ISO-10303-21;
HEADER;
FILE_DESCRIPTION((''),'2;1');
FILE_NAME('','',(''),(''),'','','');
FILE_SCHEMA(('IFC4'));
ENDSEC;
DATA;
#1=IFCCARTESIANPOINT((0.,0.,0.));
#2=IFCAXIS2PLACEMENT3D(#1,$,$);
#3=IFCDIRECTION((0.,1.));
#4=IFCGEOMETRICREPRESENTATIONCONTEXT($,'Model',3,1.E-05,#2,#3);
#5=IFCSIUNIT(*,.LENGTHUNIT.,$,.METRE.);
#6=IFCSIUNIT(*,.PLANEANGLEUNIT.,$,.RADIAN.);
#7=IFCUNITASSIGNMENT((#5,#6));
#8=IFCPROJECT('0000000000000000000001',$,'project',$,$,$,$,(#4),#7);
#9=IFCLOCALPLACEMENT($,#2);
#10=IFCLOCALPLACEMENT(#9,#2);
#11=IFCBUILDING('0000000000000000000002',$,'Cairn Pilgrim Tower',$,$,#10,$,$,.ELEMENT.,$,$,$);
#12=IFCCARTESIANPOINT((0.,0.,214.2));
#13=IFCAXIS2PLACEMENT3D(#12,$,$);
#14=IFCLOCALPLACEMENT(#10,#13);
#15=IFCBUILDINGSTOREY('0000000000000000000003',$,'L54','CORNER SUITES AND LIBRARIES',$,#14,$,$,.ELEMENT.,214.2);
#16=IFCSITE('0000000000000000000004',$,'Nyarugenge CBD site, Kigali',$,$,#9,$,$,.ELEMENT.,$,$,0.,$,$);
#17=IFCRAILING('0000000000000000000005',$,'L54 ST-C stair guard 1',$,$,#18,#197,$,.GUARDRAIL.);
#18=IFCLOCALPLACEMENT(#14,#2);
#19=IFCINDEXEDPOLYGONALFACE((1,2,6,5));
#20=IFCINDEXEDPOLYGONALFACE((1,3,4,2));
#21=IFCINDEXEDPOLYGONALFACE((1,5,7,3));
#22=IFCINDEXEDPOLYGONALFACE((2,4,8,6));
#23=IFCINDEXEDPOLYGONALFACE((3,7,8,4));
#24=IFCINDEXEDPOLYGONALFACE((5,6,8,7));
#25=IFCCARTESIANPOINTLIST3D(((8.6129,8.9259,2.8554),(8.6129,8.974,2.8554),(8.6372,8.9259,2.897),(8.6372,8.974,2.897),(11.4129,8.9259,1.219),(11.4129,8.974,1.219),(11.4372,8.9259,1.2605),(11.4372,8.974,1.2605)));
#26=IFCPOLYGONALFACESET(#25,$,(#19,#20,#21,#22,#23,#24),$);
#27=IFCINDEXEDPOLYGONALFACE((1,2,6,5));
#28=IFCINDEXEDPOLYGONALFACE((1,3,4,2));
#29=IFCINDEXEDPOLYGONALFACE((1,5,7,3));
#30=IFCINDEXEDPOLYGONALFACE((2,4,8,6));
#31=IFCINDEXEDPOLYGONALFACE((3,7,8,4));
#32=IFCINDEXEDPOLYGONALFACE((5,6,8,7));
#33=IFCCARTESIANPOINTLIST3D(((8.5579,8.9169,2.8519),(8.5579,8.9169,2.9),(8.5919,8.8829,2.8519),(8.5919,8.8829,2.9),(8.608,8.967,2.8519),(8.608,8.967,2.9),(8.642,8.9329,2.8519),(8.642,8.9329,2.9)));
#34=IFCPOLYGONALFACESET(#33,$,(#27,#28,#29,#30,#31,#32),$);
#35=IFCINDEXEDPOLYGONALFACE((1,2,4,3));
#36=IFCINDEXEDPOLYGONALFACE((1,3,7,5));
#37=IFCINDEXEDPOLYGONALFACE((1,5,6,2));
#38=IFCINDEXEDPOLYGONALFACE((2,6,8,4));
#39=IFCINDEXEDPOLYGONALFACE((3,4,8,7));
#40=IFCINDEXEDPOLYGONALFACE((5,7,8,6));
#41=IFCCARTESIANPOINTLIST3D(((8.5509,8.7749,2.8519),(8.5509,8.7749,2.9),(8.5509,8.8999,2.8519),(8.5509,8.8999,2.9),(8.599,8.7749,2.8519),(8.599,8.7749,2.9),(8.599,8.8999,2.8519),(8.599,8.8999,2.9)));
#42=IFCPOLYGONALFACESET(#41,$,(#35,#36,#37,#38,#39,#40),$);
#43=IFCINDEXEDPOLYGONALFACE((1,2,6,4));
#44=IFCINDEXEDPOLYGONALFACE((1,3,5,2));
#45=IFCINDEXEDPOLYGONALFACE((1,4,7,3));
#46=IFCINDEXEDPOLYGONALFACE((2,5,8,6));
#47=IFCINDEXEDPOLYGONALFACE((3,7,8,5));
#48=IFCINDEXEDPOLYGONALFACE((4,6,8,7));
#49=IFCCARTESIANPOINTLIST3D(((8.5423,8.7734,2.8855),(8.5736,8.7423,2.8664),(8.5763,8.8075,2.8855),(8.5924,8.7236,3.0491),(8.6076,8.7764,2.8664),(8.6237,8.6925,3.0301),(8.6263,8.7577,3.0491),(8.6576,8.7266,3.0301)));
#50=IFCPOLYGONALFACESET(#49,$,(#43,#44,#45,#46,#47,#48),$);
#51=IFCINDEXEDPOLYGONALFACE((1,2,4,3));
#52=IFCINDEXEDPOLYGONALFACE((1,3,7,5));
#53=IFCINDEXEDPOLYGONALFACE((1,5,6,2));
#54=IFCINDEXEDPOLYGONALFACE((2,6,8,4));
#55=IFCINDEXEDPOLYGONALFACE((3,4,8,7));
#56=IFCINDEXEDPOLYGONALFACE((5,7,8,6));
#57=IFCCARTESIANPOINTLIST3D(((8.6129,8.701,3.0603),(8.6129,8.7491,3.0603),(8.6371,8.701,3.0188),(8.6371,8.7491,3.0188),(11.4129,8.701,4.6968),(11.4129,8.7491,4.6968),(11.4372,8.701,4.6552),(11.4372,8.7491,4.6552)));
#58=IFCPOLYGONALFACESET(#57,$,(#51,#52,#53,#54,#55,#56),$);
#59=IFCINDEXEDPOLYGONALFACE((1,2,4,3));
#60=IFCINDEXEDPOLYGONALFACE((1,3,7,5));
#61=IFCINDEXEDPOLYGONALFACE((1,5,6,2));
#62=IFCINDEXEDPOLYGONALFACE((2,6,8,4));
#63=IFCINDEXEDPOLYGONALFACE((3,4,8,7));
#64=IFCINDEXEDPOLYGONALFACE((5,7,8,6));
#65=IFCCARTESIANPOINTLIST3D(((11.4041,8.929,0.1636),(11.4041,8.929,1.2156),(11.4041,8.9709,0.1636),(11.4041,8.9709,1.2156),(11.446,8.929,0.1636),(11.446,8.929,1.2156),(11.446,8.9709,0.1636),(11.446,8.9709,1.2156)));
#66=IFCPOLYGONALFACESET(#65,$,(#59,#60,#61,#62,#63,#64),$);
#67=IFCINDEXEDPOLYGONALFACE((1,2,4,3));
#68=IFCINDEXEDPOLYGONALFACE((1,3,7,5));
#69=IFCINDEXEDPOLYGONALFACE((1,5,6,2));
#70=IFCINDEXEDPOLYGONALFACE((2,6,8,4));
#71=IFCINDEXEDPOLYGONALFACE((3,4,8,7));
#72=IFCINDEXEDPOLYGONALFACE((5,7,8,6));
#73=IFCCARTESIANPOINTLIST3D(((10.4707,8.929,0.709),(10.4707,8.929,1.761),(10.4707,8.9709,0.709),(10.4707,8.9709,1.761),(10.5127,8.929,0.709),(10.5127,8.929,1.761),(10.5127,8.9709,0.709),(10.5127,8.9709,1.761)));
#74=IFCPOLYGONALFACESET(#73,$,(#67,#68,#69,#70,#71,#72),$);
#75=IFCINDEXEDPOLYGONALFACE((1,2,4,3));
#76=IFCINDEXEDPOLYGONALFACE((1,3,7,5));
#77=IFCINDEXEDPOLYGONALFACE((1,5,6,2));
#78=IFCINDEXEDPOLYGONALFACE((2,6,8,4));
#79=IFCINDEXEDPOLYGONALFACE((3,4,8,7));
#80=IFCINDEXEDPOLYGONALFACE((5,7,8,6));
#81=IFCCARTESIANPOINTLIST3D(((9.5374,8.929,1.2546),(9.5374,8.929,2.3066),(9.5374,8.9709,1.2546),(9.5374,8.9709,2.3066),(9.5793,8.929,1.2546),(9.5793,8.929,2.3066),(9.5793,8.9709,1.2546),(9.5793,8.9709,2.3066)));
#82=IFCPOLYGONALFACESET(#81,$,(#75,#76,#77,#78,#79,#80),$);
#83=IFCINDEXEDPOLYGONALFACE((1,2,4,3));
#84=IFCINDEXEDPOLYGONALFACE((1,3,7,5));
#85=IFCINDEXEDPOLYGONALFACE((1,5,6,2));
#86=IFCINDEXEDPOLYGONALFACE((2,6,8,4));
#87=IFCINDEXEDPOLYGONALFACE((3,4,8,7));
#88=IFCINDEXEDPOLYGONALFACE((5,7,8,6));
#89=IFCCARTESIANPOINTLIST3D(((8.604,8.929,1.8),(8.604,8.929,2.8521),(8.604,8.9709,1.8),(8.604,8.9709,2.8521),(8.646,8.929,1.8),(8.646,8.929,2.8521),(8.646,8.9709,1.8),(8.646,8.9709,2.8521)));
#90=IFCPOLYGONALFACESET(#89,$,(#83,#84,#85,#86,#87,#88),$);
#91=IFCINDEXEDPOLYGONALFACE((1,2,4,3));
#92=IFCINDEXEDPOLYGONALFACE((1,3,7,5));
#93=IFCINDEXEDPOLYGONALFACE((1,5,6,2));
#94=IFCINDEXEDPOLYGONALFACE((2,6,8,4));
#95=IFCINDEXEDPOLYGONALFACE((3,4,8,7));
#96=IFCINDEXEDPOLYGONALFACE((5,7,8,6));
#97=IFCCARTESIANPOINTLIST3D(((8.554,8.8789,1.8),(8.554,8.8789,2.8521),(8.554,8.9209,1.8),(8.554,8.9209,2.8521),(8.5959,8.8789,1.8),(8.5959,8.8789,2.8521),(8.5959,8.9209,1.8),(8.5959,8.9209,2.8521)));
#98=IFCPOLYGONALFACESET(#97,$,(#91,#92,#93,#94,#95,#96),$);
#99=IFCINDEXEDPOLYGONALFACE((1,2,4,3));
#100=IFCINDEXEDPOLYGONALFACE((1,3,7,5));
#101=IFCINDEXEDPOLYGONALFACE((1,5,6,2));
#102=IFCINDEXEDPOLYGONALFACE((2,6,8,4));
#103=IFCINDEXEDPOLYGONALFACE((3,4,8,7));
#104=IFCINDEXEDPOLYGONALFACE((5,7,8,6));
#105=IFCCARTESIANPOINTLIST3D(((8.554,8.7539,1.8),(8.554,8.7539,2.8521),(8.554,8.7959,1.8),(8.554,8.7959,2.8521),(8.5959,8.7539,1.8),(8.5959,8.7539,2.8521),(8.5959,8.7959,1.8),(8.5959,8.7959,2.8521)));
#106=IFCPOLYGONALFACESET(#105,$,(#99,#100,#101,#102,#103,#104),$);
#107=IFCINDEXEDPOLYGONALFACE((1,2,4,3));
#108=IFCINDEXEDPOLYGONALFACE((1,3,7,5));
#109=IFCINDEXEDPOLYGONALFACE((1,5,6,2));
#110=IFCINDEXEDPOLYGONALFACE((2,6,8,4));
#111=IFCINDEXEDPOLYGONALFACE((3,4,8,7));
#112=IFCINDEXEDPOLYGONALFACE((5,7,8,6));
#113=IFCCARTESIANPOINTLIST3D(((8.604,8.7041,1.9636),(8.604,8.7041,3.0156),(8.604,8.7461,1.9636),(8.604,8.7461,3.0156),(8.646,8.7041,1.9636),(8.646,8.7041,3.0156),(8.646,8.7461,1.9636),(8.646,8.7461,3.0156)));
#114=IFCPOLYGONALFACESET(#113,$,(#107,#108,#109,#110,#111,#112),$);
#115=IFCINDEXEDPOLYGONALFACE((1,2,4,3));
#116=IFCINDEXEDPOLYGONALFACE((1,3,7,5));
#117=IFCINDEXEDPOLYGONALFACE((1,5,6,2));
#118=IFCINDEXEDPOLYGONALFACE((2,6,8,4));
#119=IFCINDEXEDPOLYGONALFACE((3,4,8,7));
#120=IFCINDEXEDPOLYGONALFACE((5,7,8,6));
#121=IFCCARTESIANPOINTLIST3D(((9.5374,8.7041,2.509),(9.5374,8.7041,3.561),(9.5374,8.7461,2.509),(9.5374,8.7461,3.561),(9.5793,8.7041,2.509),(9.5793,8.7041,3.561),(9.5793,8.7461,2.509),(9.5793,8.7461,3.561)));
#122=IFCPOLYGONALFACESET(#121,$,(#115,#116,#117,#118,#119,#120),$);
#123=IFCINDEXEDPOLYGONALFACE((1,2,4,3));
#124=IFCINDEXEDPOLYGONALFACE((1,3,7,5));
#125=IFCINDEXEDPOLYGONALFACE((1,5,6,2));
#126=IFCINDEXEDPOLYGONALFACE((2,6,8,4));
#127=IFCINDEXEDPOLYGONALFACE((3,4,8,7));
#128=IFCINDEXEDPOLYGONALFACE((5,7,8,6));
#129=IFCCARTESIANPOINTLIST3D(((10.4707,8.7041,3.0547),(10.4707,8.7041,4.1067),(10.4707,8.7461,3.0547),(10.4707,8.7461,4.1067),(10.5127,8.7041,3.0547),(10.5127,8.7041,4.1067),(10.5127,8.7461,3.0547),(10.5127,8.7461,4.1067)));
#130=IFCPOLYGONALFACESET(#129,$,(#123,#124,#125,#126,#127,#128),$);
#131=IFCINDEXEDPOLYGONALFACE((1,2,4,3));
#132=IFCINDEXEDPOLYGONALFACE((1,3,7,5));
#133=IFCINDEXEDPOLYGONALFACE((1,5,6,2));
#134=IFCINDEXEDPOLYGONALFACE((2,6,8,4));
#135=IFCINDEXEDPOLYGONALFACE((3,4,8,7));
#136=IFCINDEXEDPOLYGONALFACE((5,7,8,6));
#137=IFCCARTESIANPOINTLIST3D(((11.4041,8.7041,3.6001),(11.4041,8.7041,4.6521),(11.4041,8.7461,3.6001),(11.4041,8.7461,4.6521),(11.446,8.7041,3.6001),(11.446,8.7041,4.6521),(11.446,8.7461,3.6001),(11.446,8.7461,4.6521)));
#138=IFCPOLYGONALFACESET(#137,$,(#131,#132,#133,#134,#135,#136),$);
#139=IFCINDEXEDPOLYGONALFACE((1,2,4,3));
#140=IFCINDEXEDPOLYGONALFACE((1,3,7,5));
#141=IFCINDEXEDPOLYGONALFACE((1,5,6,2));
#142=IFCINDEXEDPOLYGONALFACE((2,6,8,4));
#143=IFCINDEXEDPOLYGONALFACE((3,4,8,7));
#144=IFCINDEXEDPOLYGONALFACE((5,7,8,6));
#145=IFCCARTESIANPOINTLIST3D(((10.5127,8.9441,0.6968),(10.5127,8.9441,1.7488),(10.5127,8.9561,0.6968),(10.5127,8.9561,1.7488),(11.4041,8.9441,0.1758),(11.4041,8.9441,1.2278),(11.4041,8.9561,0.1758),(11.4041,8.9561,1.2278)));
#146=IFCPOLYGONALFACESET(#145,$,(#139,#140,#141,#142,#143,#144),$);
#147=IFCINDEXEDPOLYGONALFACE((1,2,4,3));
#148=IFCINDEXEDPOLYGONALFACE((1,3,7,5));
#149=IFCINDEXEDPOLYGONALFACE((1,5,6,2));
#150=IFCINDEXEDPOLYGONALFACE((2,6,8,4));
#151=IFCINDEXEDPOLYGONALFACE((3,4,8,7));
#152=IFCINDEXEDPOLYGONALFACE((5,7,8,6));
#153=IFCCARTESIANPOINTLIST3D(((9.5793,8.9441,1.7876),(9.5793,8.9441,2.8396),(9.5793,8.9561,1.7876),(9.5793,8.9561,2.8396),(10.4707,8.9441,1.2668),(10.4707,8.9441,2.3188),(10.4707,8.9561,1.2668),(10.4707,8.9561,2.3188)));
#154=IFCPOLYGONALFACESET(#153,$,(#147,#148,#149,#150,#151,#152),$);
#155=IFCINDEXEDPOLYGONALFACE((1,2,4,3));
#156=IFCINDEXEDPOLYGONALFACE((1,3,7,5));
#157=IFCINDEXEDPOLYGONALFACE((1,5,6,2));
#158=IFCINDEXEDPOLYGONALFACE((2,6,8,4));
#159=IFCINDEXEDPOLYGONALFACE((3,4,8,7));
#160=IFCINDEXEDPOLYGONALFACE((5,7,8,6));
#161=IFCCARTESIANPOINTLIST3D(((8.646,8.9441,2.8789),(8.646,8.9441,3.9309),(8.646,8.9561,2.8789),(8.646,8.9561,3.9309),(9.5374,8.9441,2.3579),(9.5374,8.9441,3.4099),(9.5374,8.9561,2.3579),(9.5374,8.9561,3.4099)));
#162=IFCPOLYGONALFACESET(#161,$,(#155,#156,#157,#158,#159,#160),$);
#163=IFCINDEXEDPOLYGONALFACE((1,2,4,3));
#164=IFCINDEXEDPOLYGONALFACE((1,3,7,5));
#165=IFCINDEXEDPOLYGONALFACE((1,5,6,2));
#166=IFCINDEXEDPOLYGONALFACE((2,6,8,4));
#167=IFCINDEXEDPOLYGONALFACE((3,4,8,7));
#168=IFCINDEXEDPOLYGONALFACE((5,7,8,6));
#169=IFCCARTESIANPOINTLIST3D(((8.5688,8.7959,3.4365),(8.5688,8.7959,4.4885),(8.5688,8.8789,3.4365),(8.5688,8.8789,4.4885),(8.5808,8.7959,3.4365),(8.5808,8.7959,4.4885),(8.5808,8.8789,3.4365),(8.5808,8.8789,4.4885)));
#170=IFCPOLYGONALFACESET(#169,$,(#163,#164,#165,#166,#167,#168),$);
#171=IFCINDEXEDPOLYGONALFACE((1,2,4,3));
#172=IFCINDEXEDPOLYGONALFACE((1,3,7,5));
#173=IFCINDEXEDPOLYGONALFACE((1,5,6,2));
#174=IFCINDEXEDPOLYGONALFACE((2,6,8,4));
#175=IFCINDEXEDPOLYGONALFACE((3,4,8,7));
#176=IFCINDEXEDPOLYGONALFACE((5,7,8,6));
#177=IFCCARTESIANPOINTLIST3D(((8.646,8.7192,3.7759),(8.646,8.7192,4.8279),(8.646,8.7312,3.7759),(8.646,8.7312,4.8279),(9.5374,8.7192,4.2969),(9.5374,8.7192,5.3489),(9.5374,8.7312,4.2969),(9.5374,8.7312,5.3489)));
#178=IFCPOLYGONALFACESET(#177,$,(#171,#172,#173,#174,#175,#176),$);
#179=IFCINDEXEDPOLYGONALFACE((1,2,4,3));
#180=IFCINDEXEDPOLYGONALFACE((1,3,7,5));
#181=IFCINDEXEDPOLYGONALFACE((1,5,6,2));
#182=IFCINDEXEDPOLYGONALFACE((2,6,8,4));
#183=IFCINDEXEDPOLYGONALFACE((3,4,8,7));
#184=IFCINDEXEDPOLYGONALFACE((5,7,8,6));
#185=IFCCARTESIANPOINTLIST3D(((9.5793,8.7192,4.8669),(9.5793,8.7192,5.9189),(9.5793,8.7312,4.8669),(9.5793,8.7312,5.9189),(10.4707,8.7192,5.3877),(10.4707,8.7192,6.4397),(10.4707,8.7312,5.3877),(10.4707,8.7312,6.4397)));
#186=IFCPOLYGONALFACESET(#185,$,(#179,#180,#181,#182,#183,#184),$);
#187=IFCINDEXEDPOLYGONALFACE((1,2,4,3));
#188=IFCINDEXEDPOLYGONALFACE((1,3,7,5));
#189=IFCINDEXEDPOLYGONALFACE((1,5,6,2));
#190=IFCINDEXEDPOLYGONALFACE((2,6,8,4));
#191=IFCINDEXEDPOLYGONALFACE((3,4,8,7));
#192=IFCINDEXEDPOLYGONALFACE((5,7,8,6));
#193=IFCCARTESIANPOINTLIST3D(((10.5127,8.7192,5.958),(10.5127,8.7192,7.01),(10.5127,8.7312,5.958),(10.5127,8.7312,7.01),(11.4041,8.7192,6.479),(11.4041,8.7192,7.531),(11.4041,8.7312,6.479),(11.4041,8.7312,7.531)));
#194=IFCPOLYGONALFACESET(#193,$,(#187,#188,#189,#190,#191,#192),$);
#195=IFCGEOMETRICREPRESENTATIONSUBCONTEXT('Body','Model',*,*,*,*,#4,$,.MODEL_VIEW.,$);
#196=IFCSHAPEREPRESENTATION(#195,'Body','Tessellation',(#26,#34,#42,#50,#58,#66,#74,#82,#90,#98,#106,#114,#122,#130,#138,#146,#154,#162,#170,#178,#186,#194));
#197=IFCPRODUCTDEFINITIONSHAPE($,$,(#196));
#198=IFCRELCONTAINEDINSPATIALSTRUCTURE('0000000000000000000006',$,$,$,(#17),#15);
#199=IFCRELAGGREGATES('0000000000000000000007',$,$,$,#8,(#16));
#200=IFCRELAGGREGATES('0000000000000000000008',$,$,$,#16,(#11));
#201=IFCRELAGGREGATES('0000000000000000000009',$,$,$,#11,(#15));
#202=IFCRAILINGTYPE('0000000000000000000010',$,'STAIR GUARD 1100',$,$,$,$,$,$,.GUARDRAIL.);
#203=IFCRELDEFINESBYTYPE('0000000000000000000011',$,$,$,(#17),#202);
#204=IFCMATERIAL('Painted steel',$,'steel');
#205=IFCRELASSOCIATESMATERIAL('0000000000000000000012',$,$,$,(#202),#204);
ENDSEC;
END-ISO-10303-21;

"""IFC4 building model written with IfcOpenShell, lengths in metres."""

from ifc_helpers import new_model, si_unit, direction, frame, origin, origin_2d, place, context, subcontext, project, spatial, polyline, rectangle, outline, extrude, material, type_object, element, save


model = new_model("IFC4")

# Units and contexts
model_context = context("Model", 3, precision=1e-05, world=origin(), true_north=direction((0.0, 1.0)))
body_context = subcontext(model_context, "Body", "Model", "MODEL_VIEW")
ifc_project = project(units=[si_unit("LENGTHUNIT", "METRE"), si_unit("PLANEANGLEUNIT", "RADIAN")], contexts=[model_context])

# Site, building, storey
site_placement = place(None, origin())
site = spatial("IfcSite", under=ifc_project, at=site_placement, Name="Nyarugenge CBD site, Kigali", CompositionType="ELEMENT", RefElevation=0.0)
building_placement = place(site_placement, origin())
building = spatial("IfcBuilding", under=site, at=building_placement, Name="Cairn Pilgrim Tower", CompositionType="ELEMENT")
storey_placement = place(building_placement, frame((0.0, 0.0, 214.2)))
storey = spatial("IfcBuildingStorey", under=building, at=storey_placement, Name="L54", Description="CORNER SUITES AND LIBRARIES", CompositionType="ELEMENT", Elevation=214.2)

# Shared definitions
ifc_material_1 = material(Name="Painted steel", Category="steel")

# Railing
railing_type_1 = type_object("IfcRailingType", Name="STAIR GUARD 1100", PredefinedType="GUARDRAIL", material=ifc_material_1)
railing_1_placement = place(storey_placement, frame((11.425, 8.95, 0.1636)))
element("IfcRailing", 1, at=railing_1_placement, inside=storey, type_object=railing_type_1, Name="L54 ST-C stair guard 1", PredefinedType="GUARDRAIL", context=body_context, shape_type="SweptSolid", body=[
    extrude(rectangle(XDim=0.0481, YDim=0.0481, at=origin_2d()), frame((0.0, 0.0, 1.0762), z_axis=(-0.863361, 0.0, 0.504587), x_axis=(0.0, -1.0, 0.0)), (0.0, 0.0, 1.0), 3.2432),
    extrude(rectangle(XDim=0.0481, YDim=0.0481, at=origin_2d()), frame((-2.8, 0.0, 2.7124), z_axis=(-0.707107, -0.707107, 0.0), x_axis=(0.707107, -0.707107, 0.0)), (0.0, 0.0, 1.0), 0.0708),
    extrude(rectangle(XDim=0.0481, YDim=0.0481, at=origin_2d()), frame((-2.8501, -0.05, 2.7124), z_axis=(0.0, -1.0, 0.0), x_axis=(1.0, 0.0, 0.0)), (0.0, 0.0, 1.0), 0.125),
    extrude(rectangle(XDim=0.0481, YDim=0.0481, at=origin_2d()), frame((-2.8501, -0.175, 2.7124), z_axis=(0.280917, -0.279546, 0.918118), x_axis=(0.705376, 0.708834, 0.0)), (0.0, 0.0, 1.0), 0.1782),
    extrude(rectangle(XDim=0.0481, YDim=0.0481, at=origin_2d()), frame((-2.8, -0.2249, 2.876), z_axis=(0.863361, 0.0, 0.504587), x_axis=(0.0, 1.0, 0.0)), (0.0, 0.0, 1.0), 3.2432),
    extrude(rectangle(XDim=0.042, YDim=0.042, at=origin_2d()), origin(), (0.0, 0.0, 1.0), 1.052),
    extrude(rectangle(XDim=0.042, YDim=0.042, at=origin_2d()), frame((-0.9333, 0.0, 0.5454)), (0.0, 0.0, 1.0), 1.052),
    extrude(rectangle(XDim=0.042, YDim=0.042, at=origin_2d()), frame((-1.8667, 0.0, 1.0911)), (0.0, 0.0, 1.0), 1.052),
    extrude(rectangle(XDim=0.042, YDim=0.042, at=origin_2d()), frame((-2.8, 0.0, 1.6365)), (0.0, 0.0, 1.0), 1.052),
    extrude(rectangle(XDim=0.042, YDim=0.042, at=origin_2d()), frame((-2.8501, -0.05, 1.6365)), (0.0, 0.0, 1.0), 1.052),
    extrude(rectangle(XDim=0.042, YDim=0.042, at=origin_2d()), frame((-2.8501, -0.175, 1.6365)), (0.0, 0.0, 1.0), 1.052),
    extrude(rectangle(XDim=0.042, YDim=0.042, at=origin_2d()), frame((-2.8, -0.2249, 1.8)), (0.0, 0.0, 1.0), 1.052),
    extrude(rectangle(XDim=0.042, YDim=0.042, at=origin_2d()), frame((-1.8667, -0.2249, 2.3455)), (0.0, 0.0, 1.0), 1.052),
    extrude(rectangle(XDim=0.042, YDim=0.042, at=origin_2d()), frame((-0.9333, -0.2249, 2.8911)), (0.0, 0.0, 1.0), 1.052),
    extrude(rectangle(XDim=0.042, YDim=0.042, at=origin_2d()), frame((0.0, -0.2249, 3.4365)), (0.0, 0.0, 1.0), 1.052),
    extrude(outline(polyline([(0.021, 0.0122), (0.9124, 0.5332), (0.9124, 1.5852), (0.021, 1.0642), (0.021, 0.0122)])), frame((0.0, -0.0059, 0.0), z_axis=(0.0, 1.0, 0.0), x_axis=(-1.0, 0.0, 0.0)), (0.0, 0.0, 1.0), 0.012),
    extrude(outline(polyline([(0.021, 0.5579), (0.9124, 1.0786), (0.9124, 2.1306), (0.021, 1.6099), (0.021, 0.5579)])), frame((-0.9333, -0.0059, 0.5454), z_axis=(0.0, 1.0, 0.0), x_axis=(-1.0, 0.0, 0.0)), (0.0, 0.0, 1.0), 0.012),
    extrude(outline(polyline([(0.021, 1.1033), (0.9124, 1.6243), (0.9124, 2.6763), (0.021, 2.1553), (0.021, 1.1033)])), frame((-1.8667, -0.0059, 1.0911), z_axis=(0.0, 1.0, 0.0), x_axis=(-1.0, 0.0, 0.0)), (0.0, 0.0, 1.0), 0.012),
    extrude(outline(polyline([(0.021, 1.6365), (0.104, 1.6365), (0.104, 2.6885), (0.021, 2.6885), (0.021, 1.6365)])), frame((-2.8442, -0.05, 1.6365), z_axis=(-1.0, 0.0, 0.0), x_axis=(0.0, -1.0, 0.0)), (0.0, 0.0, 1.0), 0.012),
    extrude(outline(polyline([(0.021, 1.8123), (0.9124, 2.3333), (0.9124, 3.3853), (0.021, 2.8643), (0.021, 1.8123)])), frame((-2.8, -0.2188, 1.8), z_axis=(0.0, -1.0, 0.0), x_axis=(1.0, 0.0, 0.0)), (0.0, 0.0, 1.0), 0.012),
    extrude(outline(polyline([(0.021, 2.3579), (0.9124, 2.8787), (0.9124, 3.9307), (0.021, 3.4099), (0.021, 2.3579)])), frame((-1.8667, -0.2188, 2.3455), z_axis=(0.0, -1.0, 0.0), x_axis=(1.0, 0.0, 0.0)), (0.0, 0.0, 1.0), 0.012),
    extrude(outline(polyline([(0.021, 2.9033), (0.9124, 3.4243), (0.9124, 4.4763), (0.021, 3.9553), (0.021, 2.9033)])), frame((-0.9333, -0.2188, 2.8911), z_axis=(0.0, -1.0, 0.0), x_axis=(1.0, 0.0, 0.0)), (0.0, 0.0, 1.0), 0.012),
])

save(model, "model.ifc")
